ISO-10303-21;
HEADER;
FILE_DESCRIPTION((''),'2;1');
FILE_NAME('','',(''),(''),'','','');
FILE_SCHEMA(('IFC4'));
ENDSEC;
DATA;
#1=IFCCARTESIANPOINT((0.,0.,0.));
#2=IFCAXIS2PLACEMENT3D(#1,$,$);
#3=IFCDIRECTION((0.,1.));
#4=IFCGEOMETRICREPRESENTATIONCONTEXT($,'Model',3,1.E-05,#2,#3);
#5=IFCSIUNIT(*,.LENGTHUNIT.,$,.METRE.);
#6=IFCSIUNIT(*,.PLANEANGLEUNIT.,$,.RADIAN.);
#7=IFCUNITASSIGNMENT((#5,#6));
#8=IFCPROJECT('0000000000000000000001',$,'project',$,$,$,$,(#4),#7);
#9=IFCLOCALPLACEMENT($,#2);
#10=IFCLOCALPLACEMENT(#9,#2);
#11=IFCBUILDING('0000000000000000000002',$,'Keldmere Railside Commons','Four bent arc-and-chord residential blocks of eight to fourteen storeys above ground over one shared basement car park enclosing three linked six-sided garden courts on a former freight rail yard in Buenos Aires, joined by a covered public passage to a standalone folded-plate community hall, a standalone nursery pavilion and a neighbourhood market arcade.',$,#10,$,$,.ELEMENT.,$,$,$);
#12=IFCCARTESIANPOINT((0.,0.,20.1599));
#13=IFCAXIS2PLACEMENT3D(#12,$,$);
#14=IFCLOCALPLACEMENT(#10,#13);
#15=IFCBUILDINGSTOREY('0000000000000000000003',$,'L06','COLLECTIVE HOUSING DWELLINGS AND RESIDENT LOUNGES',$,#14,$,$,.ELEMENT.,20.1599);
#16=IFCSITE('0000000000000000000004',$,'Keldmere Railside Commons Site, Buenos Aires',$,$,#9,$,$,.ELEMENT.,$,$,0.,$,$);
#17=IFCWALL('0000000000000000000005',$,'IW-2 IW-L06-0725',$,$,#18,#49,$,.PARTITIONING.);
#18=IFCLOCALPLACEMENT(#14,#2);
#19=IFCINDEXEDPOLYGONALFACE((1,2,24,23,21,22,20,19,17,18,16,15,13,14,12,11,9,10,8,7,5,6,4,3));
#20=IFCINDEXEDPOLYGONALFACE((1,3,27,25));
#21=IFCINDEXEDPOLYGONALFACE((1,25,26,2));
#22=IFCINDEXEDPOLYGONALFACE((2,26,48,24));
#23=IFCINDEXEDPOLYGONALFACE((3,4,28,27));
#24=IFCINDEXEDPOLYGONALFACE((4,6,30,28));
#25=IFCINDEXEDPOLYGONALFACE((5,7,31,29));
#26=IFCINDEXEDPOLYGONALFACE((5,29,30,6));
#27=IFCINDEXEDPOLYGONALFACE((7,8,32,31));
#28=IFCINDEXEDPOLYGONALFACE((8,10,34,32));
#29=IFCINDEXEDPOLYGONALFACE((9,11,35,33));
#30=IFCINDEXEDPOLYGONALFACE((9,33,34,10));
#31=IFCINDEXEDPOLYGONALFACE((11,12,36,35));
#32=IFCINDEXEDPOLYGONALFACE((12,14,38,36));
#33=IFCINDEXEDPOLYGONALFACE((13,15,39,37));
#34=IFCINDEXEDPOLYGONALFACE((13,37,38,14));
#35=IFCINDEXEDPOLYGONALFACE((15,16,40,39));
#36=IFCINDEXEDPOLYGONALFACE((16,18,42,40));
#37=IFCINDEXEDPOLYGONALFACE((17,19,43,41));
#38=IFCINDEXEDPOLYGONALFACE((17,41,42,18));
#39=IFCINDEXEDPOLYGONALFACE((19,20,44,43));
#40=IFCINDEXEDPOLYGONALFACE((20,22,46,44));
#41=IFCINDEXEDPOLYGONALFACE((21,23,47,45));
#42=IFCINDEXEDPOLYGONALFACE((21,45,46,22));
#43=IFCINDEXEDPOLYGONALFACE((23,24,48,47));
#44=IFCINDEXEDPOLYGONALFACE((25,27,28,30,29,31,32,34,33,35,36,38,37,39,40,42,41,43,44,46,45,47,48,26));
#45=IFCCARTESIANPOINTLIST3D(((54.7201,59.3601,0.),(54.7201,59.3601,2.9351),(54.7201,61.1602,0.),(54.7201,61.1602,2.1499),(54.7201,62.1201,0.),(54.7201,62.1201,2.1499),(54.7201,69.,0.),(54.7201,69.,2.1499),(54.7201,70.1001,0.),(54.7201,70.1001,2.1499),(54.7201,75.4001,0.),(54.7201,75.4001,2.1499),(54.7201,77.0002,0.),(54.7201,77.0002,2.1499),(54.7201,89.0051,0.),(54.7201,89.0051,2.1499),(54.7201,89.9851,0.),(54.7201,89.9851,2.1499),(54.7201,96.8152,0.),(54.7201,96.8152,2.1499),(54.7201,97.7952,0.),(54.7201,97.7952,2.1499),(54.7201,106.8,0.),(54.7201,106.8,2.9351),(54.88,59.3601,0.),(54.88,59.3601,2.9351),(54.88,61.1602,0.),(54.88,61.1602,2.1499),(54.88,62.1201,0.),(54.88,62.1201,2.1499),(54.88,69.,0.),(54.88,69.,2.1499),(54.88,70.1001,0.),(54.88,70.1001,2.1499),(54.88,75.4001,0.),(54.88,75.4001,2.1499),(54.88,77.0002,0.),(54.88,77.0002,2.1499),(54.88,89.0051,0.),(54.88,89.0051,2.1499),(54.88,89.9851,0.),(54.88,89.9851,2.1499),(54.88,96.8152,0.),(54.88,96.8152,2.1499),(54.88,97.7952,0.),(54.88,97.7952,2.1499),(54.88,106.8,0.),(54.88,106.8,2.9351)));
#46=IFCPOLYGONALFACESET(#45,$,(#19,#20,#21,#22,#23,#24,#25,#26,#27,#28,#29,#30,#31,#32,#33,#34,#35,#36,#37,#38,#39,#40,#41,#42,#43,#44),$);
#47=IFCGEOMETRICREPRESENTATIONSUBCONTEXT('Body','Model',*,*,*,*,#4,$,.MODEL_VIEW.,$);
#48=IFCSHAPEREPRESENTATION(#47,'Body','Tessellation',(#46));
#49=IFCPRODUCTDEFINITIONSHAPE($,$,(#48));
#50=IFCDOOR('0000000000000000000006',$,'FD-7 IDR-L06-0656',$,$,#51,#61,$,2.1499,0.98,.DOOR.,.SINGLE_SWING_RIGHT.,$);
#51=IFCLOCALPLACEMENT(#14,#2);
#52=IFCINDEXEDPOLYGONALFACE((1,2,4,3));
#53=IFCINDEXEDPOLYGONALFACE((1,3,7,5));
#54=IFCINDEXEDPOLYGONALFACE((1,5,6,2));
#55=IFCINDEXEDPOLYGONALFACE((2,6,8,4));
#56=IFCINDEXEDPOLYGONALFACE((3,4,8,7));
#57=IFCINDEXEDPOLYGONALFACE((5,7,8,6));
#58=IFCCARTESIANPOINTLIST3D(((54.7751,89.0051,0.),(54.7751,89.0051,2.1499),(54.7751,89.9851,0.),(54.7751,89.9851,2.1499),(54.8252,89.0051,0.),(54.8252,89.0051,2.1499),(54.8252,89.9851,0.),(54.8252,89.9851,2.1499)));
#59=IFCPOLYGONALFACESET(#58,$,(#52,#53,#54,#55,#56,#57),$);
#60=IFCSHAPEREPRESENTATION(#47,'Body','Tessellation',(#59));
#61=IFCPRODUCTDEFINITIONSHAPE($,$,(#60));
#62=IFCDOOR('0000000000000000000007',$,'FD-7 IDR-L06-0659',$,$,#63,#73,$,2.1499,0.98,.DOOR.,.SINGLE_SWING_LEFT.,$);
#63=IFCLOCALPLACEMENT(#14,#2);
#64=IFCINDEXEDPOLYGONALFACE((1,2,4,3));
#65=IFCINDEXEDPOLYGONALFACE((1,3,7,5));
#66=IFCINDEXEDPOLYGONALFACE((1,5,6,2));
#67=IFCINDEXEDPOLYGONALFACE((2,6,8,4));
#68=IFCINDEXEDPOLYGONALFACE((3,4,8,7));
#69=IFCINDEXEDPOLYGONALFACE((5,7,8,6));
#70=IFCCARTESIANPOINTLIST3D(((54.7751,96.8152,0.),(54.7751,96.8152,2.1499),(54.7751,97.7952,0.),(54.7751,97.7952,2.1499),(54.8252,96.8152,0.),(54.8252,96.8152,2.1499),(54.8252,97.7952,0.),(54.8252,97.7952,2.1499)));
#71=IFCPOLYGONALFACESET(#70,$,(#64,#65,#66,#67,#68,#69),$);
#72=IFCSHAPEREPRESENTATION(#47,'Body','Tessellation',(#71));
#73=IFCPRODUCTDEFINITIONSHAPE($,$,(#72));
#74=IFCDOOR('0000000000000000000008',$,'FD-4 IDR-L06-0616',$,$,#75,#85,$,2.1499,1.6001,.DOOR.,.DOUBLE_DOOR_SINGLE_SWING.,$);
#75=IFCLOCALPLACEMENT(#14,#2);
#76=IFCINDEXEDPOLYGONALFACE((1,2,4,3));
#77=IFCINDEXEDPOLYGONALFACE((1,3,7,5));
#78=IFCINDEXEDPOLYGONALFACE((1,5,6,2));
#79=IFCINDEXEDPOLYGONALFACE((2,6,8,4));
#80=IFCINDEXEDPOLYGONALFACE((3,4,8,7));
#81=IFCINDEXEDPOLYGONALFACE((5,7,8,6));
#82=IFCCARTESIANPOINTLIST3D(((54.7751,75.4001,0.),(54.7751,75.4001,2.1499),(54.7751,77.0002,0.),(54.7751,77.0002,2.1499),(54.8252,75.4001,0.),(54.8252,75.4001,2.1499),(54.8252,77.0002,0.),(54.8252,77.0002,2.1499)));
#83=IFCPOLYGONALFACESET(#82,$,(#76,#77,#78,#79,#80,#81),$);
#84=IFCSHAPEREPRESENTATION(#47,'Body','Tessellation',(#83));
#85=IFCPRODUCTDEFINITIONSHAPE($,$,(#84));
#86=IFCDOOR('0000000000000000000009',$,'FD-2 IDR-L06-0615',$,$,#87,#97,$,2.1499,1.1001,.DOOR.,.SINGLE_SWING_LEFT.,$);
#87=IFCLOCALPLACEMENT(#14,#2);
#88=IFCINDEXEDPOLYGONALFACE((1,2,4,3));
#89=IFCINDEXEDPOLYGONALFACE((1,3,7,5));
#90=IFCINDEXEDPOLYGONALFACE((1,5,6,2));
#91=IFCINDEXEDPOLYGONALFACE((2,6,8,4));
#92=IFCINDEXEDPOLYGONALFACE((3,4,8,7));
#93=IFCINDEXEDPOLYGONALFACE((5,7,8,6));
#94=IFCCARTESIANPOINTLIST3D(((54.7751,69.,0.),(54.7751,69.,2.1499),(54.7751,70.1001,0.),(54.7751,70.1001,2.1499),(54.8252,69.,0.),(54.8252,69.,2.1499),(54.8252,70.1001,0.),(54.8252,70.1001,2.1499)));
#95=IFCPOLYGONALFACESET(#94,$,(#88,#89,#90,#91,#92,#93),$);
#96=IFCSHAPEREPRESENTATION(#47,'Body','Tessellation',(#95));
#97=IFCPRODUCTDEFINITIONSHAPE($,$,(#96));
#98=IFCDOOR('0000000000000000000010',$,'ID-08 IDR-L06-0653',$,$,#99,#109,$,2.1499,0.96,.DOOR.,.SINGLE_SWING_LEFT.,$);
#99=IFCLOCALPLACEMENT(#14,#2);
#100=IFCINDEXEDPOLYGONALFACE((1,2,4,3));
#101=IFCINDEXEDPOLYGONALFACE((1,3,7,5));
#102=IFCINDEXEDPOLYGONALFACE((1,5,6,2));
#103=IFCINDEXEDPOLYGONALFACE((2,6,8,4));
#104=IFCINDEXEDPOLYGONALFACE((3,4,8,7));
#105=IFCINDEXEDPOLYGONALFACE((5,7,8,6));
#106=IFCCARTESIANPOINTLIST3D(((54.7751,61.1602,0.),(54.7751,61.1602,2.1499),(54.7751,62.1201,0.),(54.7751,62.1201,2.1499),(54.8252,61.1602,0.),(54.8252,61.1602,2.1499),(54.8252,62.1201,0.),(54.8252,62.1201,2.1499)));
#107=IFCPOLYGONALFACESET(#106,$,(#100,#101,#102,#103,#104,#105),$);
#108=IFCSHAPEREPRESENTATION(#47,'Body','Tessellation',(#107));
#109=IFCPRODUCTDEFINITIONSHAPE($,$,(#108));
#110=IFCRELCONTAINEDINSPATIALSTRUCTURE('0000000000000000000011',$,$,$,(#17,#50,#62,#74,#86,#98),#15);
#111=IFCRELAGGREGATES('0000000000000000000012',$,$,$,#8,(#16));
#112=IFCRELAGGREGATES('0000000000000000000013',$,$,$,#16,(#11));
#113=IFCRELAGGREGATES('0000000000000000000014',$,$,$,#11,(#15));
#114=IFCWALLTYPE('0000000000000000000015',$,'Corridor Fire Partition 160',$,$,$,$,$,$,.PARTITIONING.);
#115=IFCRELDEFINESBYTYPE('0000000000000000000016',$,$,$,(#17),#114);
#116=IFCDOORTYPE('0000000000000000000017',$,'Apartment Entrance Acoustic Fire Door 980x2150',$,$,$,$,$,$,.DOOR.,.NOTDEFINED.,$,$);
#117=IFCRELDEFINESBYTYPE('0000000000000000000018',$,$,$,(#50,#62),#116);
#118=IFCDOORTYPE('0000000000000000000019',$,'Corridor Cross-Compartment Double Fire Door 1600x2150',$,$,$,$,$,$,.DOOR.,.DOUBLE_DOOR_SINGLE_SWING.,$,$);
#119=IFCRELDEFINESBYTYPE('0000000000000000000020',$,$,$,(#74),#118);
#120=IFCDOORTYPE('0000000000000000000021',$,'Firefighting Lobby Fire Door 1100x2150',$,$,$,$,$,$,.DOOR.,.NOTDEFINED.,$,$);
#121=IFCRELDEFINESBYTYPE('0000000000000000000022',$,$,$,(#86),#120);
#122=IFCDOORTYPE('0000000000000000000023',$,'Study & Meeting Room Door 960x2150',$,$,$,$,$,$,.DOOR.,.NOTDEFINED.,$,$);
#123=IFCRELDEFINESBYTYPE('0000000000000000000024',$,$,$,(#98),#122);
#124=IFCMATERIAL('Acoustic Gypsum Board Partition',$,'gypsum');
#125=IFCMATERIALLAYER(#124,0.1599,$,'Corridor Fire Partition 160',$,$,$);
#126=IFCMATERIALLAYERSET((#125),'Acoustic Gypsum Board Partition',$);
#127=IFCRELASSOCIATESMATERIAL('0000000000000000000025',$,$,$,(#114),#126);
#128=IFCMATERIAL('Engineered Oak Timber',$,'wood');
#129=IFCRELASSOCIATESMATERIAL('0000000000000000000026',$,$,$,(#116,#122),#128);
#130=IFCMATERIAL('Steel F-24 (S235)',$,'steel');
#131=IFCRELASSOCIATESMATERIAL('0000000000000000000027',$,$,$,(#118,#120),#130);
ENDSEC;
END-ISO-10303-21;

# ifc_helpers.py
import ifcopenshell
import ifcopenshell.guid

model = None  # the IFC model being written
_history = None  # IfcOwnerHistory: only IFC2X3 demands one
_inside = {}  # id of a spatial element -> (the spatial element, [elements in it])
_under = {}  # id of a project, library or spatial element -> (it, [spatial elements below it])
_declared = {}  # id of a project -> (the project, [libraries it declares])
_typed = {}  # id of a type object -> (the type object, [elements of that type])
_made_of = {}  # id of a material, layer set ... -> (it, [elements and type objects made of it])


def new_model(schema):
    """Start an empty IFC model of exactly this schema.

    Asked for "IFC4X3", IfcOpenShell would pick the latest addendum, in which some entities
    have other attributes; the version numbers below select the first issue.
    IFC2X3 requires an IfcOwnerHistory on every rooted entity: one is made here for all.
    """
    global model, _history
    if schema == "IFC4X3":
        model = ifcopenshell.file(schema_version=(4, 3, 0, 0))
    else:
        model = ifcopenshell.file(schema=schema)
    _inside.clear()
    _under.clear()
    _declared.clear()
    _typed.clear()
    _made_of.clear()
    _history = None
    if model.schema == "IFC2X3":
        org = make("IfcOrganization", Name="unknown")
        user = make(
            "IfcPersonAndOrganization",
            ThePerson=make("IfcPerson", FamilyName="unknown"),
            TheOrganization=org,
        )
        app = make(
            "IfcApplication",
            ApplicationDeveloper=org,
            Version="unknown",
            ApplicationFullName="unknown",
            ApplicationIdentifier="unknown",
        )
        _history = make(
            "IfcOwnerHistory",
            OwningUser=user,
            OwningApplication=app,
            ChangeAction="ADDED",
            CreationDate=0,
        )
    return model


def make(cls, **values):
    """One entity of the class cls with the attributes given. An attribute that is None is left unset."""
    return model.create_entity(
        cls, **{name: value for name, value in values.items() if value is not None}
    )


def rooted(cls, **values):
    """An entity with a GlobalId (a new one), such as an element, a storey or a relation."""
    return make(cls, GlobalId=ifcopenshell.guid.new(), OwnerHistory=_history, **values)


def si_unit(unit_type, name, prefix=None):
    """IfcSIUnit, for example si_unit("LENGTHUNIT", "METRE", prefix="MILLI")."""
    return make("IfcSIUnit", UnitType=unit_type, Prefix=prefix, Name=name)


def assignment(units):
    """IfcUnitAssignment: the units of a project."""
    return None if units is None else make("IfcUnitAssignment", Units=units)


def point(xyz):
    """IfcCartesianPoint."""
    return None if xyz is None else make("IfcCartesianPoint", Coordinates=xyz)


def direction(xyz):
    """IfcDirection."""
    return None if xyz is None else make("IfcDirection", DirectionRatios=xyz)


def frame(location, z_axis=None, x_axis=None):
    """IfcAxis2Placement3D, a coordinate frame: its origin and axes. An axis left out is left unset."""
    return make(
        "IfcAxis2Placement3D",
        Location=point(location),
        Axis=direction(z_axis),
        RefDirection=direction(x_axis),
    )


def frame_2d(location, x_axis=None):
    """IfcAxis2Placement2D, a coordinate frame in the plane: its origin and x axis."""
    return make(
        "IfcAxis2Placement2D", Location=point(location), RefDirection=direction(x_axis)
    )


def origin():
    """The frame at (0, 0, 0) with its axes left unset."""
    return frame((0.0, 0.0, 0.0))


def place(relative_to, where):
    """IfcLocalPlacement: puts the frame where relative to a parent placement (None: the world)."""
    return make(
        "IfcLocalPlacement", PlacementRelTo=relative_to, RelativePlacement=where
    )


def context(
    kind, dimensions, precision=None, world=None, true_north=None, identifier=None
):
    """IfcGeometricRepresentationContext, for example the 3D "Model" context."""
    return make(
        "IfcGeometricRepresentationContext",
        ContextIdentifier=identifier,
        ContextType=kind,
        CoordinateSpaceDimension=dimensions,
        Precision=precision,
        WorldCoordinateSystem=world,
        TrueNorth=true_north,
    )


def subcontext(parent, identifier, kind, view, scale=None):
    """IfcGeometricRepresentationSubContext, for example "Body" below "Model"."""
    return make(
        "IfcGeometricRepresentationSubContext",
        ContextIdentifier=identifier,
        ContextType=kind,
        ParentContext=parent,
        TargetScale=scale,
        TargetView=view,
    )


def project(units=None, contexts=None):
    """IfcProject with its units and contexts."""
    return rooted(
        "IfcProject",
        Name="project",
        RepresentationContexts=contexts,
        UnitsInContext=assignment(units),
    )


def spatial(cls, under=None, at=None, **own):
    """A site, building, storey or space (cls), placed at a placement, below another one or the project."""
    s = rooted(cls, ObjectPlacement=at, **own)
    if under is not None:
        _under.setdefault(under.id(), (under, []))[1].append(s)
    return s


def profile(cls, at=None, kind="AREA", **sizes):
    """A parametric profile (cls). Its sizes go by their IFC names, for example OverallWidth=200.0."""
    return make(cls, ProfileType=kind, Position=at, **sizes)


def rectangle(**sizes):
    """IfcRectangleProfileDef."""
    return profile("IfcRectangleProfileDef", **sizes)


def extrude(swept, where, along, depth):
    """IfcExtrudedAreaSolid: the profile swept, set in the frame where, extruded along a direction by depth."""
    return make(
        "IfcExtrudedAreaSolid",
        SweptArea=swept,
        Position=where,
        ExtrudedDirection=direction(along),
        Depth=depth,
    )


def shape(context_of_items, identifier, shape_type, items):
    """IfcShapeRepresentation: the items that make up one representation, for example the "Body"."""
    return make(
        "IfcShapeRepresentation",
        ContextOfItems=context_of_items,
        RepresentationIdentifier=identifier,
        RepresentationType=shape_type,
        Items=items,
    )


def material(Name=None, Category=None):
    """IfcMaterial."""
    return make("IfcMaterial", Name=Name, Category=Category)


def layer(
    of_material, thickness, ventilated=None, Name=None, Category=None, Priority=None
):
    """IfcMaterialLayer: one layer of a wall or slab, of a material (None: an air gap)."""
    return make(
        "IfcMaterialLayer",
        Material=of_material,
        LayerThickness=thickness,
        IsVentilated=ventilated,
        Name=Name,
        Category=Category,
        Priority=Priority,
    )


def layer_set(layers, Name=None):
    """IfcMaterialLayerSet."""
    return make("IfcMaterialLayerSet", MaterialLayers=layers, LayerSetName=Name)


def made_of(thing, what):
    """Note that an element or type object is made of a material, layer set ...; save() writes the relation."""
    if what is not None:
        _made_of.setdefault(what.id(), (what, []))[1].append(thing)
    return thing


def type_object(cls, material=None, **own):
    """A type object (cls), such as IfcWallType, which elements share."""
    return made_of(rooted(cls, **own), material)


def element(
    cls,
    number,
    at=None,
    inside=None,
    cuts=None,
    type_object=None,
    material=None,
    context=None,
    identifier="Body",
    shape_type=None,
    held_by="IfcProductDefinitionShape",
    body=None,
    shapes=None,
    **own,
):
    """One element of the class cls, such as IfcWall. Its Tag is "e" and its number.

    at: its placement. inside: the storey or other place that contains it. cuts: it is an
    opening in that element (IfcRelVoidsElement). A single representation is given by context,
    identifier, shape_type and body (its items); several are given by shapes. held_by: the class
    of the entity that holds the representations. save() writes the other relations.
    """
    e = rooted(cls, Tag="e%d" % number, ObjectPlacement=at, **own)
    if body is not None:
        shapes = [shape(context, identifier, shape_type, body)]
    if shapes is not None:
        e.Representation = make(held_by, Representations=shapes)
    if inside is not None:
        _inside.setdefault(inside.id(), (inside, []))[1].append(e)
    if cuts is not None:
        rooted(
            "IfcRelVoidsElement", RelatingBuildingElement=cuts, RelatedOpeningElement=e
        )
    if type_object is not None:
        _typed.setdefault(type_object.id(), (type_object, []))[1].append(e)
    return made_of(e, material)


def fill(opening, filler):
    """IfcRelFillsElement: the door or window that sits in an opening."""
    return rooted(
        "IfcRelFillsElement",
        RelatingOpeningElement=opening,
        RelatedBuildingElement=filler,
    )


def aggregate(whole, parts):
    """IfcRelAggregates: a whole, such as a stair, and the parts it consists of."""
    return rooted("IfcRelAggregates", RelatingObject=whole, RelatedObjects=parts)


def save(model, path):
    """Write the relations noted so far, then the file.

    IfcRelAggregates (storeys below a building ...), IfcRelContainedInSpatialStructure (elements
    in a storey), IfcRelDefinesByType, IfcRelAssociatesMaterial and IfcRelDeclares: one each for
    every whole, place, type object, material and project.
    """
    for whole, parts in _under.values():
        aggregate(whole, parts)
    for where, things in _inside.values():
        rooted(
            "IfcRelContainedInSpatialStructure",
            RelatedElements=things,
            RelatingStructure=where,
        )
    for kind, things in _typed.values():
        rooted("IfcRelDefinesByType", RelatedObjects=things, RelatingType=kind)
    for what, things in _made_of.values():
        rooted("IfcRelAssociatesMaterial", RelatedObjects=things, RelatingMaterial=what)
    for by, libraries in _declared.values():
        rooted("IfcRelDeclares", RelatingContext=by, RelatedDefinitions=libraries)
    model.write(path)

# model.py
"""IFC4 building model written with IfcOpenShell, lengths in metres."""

from ifc_helpers import new_model, si_unit, direction, frame, frame_2d, origin, place, context, subcontext, project, spatial, rectangle, extrude, material, layer, layer_set, type_object, element, fill, save


model = new_model("IFC4")

# Units and contexts
model_context = context("Model", 3, precision=1e-05, world=origin(), true_north=direction((0.0, 1.0)))
body_context = subcontext(model_context, "Body", "Model", "MODEL_VIEW")
ifc_project = project(units=[si_unit("LENGTHUNIT", "METRE"), si_unit("PLANEANGLEUNIT", "RADIAN")], contexts=[model_context])

# Site, building, storey
site_placement = place(None, origin())
site = spatial("IfcSite", under=ifc_project, at=site_placement, Name="Keldmere Railside Commons Site, Buenos Aires", CompositionType="ELEMENT", RefElevation=0.0)
building_placement = place(site_placement, origin())
building = spatial("IfcBuilding", under=site, at=building_placement, Name="Keldmere Railside Commons", Description="Four bent arc-and-chord residential blocks of eight to fourteen storeys above ground over one shared basement car park enclosing three linked six-sided garden courts on a former freight rail yard in Buenos Aires, joined by a covered public passage to a standalone folded-plate community hall, a standalone nursery pavilion and a neighbourhood market arcade.", CompositionType="ELEMENT")
storey_placement = place(building_placement, frame((0.0, 0.0, 20.1599)))
storey = spatial("IfcBuildingStorey", under=building, at=storey_placement, Name="L06", Description="COLLECTIVE HOUSING DWELLINGS AND RESIDENT LOUNGES", CompositionType="ELEMENT", Elevation=20.1599)

# Shared definitions
ifc_material_1 = material(Name="Acoustic Gypsum Board Partition", Category="gypsum")
ifc_material_2 = material(Name="Engineered Oak Timber", Category="wood")

# Wall, openings, doors
ifc_layer_1 = layer(ifc_material_1, 0.1599, Name="Corridor Fire Partition 160")
ifc_layer_set_1 = layer_set([ifc_layer_1], Name="Acoustic Gypsum Board Partition")
wall_type_1 = type_object("IfcWallType", Name="Corridor Fire Partition 160", PredefinedType="PARTITIONING", material=ifc_layer_set_1)
wall_1_placement = place(storey_placement, frame((54.8, 59.3601, 0.0), z_axis=(0.0, 0.0, 1.0), x_axis=(0.0, 1.0, 0.0)))
wall_1 = element("IfcWall", 1, at=wall_1_placement, inside=storey, type_object=wall_type_1, Name="IW-2 IW-L06-0725", PredefinedType="PARTITIONING", context=body_context, shape_type="SweptSolid", body=[
    extrude(rectangle(XDim=47.4399, YDim=0.1599, at=frame_2d((23.72, 0.0))), origin(), (0.0, 0.0, 1.0), 2.9351),
])
opening_1_placement = place(wall_1_placement, frame((9.6399, 0.0, 0.0)))
opening_1 = element("IfcOpeningElement", 2, at=opening_1_placement, cuts=wall_1, PredefinedType="OPENING", context=body_context, shape_type="SweptSolid", body=[
    extrude(rectangle(XDim=1.1001, YDim=2.1499, at=frame_2d((0.55, 1.075))), frame((0.0, 0.0898, 0.0), z_axis=(0.0, -1.0, 0.0), x_axis=(1.0, 0.0, 0.0)), (0.0, 0.0, 1.0), 0.1799),
])
opening_2_placement = place(wall_1_placement, frame((16.04, 0.0, 0.0)))
opening_2 = element("IfcOpeningElement", 3, at=opening_2_placement, cuts=wall_1, PredefinedType="OPENING", context=body_context, shape_type="SweptSolid", body=[
    extrude(rectangle(XDim=1.6001, YDim=2.1499, at=frame_2d((0.8, 1.075))), frame((0.0, 0.0898, 0.0), z_axis=(0.0, -1.0, 0.0), x_axis=(1.0, 0.0, 0.0)), (0.0, 0.0, 1.0), 0.1799),
])
opening_3_placement = place(wall_1_placement, frame((1.8, 0.0, 0.0)))
opening_3 = element("IfcOpeningElement", 4, at=opening_3_placement, cuts=wall_1, PredefinedType="OPENING", context=body_context, shape_type="SweptSolid", body=[
    extrude(rectangle(XDim=0.96, YDim=2.1499, at=frame_2d((0.48, 1.075))), frame((0.0, 0.0898, 0.0), z_axis=(0.0, -1.0, 0.0), x_axis=(1.0, 0.0, 0.0)), (0.0, 0.0, 1.0), 0.1799),
])
opening_4_placement = place(wall_1_placement, frame((29.645, 0.0, 0.0)))
opening_4 = element("IfcOpeningElement", 5, at=opening_4_placement, cuts=wall_1, PredefinedType="OPENING", context=body_context, shape_type="SweptSolid", body=[
    extrude(rectangle(XDim=0.98, YDim=2.1499, at=frame_2d((0.49, 1.075))), frame((0.0, 0.0898, 0.0), z_axis=(0.0, -1.0, 0.0), x_axis=(1.0, 0.0, 0.0)), (0.0, 0.0, 1.0), 0.1799),
])
opening_5_placement = place(wall_1_placement, frame((37.4551, 0.0, 0.0)))
opening_5 = element("IfcOpeningElement", 6, at=opening_5_placement, cuts=wall_1, PredefinedType="OPENING", context=body_context, shape_type="SweptSolid", body=[
    extrude(rectangle(XDim=0.98, YDim=2.1499, at=frame_2d((0.49, 1.075))), frame((0.0, 0.0898, 0.0), z_axis=(0.0, -1.0, 0.0), x_axis=(1.0, 0.0, 0.0)), (0.0, 0.0, 1.0), 0.1799),
])
door_type_1 = type_object("IfcDoorType", Name="Apartment Entrance Acoustic Fire Door 980x2150", OperationType="NOTDEFINED", PredefinedType="DOOR", material=ifc_material_2)
door_1_placement = place(opening_4_placement, origin())
door_1 = element("IfcDoor", 7, at=door_1_placement, inside=storey, type_object=door_type_1, Name="FD-7 IDR-L06-0656", OperationType="SINGLE_SWING_RIGHT", OverallHeight=2.1499, OverallWidth=0.98, PredefinedType="DOOR", context=body_context, shape_type="SweptSolid", body=[
    extrude(rectangle(XDim=0.98, YDim=2.1499, at=frame_2d((0.49, 1.075))), frame((0.0, 0.0249, 0.0), z_axis=(0.0, -1.0, 0.0), x_axis=(1.0, 0.0, 0.0)), (0.0, 0.0, 1.0), 0.05),
])
fill(opening_4, door_1)
door_2_placement = place(opening_5_placement, origin())
door_2 = element("IfcDoor", 8, at=door_2_placement, inside=storey, type_object=door_type_1, Name="FD-7 IDR-L06-0659", OperationType="SINGLE_SWING_LEFT", OverallHeight=2.1499, OverallWidth=0.98, PredefinedType="DOOR", context=body_context, shape_type="SweptSolid", body=[
    extrude(rectangle(XDim=0.98, YDim=2.1499, at=frame_2d((0.49, 1.075))), frame((0.0, 0.0249, 0.0), z_axis=(0.0, -1.0, 0.0), x_axis=(1.0, 0.0, 0.0)), (0.0, 0.0, 1.0), 0.05),
])
fill(opening_5, door_2)
ifc_material_3 = material(Name="Steel F-24 (S235)", Category="steel")
door_type_2 = type_object("IfcDoorType", Name="Corridor Cross-Compartment Double Fire Door 1600x2150", OperationType="DOUBLE_DOOR_SINGLE_SWING", PredefinedType="DOOR", material=ifc_material_3)
door_3_placement = place(opening_2_placement, origin())
door_3 = element("IfcDoor", 9, at=door_3_placement, inside=storey, type_object=door_type_2, Name="FD-4 IDR-L06-0616", OperationType="DOUBLE_DOOR_SINGLE_SWING", OverallHeight=2.1499, OverallWidth=1.6001, PredefinedType="DOOR", context=body_context, shape_type="SweptSolid", body=[
    extrude(rectangle(XDim=1.6001, YDim=2.1499, at=frame_2d((0.8, 1.075))), frame((0.0, 0.0249, 0.0), z_axis=(0.0, -1.0, 0.0), x_axis=(1.0, 0.0, 0.0)), (0.0, 0.0, 1.0), 0.05),
])
fill(opening_2, door_3)
door_type_3 = type_object("IfcDoorType", Name="Firefighting Lobby Fire Door 1100x2150", OperationType="NOTDEFINED", PredefinedType="DOOR", material=ifc_material_3)
door_4_placement = place(opening_1_placement, origin())
door_4 = element("IfcDoor", 10, at=door_4_placement, inside=storey, type_object=door_type_3, Name="FD-2 IDR-L06-0615", OperationType="SINGLE_SWING_LEFT", OverallHeight=2.1499, OverallWidth=1.1001, PredefinedType="DOOR", context=body_context, shape_type="SweptSolid", body=[
    extrude(rectangle(XDim=1.1001, YDim=2.1499, at=frame_2d((0.55, 1.075))), frame((0.0, 0.0249, 0.0), z_axis=(0.0, -1.0, 0.0), x_axis=(1.0, 0.0, 0.0)), (0.0, 0.0, 1.0), 0.05),
])
fill(opening_1, door_4)
door_type_4 = type_object("IfcDoorType", Name="Study & Meeting Room Door 960x2150", OperationType="NOTDEFINED", PredefinedType="DOOR", material=ifc_material_2)
door_5_placement = place(opening_3_placement, origin())
door_5 = element("IfcDoor", 11, at=door_5_placement, inside=storey, type_object=door_type_4, Name="ID-08 IDR-L06-0653", OperationType="SINGLE_SWING_LEFT", OverallHeight=2.1499, OverallWidth=0.96, PredefinedType="DOOR", context=body_context, shape_type="SweptSolid", body=[
    extrude(rectangle(XDim=0.96, YDim=2.1499, at=frame_2d((0.48, 1.075))), frame((0.0, 0.0249, 0.0), z_axis=(0.0, -1.0, 0.0), x_axis=(1.0, 0.0, 0.0)), (0.0, 0.0, 1.0), 0.05),
])
fill(opening_3, door_5)

save(model, "model.ifc")
